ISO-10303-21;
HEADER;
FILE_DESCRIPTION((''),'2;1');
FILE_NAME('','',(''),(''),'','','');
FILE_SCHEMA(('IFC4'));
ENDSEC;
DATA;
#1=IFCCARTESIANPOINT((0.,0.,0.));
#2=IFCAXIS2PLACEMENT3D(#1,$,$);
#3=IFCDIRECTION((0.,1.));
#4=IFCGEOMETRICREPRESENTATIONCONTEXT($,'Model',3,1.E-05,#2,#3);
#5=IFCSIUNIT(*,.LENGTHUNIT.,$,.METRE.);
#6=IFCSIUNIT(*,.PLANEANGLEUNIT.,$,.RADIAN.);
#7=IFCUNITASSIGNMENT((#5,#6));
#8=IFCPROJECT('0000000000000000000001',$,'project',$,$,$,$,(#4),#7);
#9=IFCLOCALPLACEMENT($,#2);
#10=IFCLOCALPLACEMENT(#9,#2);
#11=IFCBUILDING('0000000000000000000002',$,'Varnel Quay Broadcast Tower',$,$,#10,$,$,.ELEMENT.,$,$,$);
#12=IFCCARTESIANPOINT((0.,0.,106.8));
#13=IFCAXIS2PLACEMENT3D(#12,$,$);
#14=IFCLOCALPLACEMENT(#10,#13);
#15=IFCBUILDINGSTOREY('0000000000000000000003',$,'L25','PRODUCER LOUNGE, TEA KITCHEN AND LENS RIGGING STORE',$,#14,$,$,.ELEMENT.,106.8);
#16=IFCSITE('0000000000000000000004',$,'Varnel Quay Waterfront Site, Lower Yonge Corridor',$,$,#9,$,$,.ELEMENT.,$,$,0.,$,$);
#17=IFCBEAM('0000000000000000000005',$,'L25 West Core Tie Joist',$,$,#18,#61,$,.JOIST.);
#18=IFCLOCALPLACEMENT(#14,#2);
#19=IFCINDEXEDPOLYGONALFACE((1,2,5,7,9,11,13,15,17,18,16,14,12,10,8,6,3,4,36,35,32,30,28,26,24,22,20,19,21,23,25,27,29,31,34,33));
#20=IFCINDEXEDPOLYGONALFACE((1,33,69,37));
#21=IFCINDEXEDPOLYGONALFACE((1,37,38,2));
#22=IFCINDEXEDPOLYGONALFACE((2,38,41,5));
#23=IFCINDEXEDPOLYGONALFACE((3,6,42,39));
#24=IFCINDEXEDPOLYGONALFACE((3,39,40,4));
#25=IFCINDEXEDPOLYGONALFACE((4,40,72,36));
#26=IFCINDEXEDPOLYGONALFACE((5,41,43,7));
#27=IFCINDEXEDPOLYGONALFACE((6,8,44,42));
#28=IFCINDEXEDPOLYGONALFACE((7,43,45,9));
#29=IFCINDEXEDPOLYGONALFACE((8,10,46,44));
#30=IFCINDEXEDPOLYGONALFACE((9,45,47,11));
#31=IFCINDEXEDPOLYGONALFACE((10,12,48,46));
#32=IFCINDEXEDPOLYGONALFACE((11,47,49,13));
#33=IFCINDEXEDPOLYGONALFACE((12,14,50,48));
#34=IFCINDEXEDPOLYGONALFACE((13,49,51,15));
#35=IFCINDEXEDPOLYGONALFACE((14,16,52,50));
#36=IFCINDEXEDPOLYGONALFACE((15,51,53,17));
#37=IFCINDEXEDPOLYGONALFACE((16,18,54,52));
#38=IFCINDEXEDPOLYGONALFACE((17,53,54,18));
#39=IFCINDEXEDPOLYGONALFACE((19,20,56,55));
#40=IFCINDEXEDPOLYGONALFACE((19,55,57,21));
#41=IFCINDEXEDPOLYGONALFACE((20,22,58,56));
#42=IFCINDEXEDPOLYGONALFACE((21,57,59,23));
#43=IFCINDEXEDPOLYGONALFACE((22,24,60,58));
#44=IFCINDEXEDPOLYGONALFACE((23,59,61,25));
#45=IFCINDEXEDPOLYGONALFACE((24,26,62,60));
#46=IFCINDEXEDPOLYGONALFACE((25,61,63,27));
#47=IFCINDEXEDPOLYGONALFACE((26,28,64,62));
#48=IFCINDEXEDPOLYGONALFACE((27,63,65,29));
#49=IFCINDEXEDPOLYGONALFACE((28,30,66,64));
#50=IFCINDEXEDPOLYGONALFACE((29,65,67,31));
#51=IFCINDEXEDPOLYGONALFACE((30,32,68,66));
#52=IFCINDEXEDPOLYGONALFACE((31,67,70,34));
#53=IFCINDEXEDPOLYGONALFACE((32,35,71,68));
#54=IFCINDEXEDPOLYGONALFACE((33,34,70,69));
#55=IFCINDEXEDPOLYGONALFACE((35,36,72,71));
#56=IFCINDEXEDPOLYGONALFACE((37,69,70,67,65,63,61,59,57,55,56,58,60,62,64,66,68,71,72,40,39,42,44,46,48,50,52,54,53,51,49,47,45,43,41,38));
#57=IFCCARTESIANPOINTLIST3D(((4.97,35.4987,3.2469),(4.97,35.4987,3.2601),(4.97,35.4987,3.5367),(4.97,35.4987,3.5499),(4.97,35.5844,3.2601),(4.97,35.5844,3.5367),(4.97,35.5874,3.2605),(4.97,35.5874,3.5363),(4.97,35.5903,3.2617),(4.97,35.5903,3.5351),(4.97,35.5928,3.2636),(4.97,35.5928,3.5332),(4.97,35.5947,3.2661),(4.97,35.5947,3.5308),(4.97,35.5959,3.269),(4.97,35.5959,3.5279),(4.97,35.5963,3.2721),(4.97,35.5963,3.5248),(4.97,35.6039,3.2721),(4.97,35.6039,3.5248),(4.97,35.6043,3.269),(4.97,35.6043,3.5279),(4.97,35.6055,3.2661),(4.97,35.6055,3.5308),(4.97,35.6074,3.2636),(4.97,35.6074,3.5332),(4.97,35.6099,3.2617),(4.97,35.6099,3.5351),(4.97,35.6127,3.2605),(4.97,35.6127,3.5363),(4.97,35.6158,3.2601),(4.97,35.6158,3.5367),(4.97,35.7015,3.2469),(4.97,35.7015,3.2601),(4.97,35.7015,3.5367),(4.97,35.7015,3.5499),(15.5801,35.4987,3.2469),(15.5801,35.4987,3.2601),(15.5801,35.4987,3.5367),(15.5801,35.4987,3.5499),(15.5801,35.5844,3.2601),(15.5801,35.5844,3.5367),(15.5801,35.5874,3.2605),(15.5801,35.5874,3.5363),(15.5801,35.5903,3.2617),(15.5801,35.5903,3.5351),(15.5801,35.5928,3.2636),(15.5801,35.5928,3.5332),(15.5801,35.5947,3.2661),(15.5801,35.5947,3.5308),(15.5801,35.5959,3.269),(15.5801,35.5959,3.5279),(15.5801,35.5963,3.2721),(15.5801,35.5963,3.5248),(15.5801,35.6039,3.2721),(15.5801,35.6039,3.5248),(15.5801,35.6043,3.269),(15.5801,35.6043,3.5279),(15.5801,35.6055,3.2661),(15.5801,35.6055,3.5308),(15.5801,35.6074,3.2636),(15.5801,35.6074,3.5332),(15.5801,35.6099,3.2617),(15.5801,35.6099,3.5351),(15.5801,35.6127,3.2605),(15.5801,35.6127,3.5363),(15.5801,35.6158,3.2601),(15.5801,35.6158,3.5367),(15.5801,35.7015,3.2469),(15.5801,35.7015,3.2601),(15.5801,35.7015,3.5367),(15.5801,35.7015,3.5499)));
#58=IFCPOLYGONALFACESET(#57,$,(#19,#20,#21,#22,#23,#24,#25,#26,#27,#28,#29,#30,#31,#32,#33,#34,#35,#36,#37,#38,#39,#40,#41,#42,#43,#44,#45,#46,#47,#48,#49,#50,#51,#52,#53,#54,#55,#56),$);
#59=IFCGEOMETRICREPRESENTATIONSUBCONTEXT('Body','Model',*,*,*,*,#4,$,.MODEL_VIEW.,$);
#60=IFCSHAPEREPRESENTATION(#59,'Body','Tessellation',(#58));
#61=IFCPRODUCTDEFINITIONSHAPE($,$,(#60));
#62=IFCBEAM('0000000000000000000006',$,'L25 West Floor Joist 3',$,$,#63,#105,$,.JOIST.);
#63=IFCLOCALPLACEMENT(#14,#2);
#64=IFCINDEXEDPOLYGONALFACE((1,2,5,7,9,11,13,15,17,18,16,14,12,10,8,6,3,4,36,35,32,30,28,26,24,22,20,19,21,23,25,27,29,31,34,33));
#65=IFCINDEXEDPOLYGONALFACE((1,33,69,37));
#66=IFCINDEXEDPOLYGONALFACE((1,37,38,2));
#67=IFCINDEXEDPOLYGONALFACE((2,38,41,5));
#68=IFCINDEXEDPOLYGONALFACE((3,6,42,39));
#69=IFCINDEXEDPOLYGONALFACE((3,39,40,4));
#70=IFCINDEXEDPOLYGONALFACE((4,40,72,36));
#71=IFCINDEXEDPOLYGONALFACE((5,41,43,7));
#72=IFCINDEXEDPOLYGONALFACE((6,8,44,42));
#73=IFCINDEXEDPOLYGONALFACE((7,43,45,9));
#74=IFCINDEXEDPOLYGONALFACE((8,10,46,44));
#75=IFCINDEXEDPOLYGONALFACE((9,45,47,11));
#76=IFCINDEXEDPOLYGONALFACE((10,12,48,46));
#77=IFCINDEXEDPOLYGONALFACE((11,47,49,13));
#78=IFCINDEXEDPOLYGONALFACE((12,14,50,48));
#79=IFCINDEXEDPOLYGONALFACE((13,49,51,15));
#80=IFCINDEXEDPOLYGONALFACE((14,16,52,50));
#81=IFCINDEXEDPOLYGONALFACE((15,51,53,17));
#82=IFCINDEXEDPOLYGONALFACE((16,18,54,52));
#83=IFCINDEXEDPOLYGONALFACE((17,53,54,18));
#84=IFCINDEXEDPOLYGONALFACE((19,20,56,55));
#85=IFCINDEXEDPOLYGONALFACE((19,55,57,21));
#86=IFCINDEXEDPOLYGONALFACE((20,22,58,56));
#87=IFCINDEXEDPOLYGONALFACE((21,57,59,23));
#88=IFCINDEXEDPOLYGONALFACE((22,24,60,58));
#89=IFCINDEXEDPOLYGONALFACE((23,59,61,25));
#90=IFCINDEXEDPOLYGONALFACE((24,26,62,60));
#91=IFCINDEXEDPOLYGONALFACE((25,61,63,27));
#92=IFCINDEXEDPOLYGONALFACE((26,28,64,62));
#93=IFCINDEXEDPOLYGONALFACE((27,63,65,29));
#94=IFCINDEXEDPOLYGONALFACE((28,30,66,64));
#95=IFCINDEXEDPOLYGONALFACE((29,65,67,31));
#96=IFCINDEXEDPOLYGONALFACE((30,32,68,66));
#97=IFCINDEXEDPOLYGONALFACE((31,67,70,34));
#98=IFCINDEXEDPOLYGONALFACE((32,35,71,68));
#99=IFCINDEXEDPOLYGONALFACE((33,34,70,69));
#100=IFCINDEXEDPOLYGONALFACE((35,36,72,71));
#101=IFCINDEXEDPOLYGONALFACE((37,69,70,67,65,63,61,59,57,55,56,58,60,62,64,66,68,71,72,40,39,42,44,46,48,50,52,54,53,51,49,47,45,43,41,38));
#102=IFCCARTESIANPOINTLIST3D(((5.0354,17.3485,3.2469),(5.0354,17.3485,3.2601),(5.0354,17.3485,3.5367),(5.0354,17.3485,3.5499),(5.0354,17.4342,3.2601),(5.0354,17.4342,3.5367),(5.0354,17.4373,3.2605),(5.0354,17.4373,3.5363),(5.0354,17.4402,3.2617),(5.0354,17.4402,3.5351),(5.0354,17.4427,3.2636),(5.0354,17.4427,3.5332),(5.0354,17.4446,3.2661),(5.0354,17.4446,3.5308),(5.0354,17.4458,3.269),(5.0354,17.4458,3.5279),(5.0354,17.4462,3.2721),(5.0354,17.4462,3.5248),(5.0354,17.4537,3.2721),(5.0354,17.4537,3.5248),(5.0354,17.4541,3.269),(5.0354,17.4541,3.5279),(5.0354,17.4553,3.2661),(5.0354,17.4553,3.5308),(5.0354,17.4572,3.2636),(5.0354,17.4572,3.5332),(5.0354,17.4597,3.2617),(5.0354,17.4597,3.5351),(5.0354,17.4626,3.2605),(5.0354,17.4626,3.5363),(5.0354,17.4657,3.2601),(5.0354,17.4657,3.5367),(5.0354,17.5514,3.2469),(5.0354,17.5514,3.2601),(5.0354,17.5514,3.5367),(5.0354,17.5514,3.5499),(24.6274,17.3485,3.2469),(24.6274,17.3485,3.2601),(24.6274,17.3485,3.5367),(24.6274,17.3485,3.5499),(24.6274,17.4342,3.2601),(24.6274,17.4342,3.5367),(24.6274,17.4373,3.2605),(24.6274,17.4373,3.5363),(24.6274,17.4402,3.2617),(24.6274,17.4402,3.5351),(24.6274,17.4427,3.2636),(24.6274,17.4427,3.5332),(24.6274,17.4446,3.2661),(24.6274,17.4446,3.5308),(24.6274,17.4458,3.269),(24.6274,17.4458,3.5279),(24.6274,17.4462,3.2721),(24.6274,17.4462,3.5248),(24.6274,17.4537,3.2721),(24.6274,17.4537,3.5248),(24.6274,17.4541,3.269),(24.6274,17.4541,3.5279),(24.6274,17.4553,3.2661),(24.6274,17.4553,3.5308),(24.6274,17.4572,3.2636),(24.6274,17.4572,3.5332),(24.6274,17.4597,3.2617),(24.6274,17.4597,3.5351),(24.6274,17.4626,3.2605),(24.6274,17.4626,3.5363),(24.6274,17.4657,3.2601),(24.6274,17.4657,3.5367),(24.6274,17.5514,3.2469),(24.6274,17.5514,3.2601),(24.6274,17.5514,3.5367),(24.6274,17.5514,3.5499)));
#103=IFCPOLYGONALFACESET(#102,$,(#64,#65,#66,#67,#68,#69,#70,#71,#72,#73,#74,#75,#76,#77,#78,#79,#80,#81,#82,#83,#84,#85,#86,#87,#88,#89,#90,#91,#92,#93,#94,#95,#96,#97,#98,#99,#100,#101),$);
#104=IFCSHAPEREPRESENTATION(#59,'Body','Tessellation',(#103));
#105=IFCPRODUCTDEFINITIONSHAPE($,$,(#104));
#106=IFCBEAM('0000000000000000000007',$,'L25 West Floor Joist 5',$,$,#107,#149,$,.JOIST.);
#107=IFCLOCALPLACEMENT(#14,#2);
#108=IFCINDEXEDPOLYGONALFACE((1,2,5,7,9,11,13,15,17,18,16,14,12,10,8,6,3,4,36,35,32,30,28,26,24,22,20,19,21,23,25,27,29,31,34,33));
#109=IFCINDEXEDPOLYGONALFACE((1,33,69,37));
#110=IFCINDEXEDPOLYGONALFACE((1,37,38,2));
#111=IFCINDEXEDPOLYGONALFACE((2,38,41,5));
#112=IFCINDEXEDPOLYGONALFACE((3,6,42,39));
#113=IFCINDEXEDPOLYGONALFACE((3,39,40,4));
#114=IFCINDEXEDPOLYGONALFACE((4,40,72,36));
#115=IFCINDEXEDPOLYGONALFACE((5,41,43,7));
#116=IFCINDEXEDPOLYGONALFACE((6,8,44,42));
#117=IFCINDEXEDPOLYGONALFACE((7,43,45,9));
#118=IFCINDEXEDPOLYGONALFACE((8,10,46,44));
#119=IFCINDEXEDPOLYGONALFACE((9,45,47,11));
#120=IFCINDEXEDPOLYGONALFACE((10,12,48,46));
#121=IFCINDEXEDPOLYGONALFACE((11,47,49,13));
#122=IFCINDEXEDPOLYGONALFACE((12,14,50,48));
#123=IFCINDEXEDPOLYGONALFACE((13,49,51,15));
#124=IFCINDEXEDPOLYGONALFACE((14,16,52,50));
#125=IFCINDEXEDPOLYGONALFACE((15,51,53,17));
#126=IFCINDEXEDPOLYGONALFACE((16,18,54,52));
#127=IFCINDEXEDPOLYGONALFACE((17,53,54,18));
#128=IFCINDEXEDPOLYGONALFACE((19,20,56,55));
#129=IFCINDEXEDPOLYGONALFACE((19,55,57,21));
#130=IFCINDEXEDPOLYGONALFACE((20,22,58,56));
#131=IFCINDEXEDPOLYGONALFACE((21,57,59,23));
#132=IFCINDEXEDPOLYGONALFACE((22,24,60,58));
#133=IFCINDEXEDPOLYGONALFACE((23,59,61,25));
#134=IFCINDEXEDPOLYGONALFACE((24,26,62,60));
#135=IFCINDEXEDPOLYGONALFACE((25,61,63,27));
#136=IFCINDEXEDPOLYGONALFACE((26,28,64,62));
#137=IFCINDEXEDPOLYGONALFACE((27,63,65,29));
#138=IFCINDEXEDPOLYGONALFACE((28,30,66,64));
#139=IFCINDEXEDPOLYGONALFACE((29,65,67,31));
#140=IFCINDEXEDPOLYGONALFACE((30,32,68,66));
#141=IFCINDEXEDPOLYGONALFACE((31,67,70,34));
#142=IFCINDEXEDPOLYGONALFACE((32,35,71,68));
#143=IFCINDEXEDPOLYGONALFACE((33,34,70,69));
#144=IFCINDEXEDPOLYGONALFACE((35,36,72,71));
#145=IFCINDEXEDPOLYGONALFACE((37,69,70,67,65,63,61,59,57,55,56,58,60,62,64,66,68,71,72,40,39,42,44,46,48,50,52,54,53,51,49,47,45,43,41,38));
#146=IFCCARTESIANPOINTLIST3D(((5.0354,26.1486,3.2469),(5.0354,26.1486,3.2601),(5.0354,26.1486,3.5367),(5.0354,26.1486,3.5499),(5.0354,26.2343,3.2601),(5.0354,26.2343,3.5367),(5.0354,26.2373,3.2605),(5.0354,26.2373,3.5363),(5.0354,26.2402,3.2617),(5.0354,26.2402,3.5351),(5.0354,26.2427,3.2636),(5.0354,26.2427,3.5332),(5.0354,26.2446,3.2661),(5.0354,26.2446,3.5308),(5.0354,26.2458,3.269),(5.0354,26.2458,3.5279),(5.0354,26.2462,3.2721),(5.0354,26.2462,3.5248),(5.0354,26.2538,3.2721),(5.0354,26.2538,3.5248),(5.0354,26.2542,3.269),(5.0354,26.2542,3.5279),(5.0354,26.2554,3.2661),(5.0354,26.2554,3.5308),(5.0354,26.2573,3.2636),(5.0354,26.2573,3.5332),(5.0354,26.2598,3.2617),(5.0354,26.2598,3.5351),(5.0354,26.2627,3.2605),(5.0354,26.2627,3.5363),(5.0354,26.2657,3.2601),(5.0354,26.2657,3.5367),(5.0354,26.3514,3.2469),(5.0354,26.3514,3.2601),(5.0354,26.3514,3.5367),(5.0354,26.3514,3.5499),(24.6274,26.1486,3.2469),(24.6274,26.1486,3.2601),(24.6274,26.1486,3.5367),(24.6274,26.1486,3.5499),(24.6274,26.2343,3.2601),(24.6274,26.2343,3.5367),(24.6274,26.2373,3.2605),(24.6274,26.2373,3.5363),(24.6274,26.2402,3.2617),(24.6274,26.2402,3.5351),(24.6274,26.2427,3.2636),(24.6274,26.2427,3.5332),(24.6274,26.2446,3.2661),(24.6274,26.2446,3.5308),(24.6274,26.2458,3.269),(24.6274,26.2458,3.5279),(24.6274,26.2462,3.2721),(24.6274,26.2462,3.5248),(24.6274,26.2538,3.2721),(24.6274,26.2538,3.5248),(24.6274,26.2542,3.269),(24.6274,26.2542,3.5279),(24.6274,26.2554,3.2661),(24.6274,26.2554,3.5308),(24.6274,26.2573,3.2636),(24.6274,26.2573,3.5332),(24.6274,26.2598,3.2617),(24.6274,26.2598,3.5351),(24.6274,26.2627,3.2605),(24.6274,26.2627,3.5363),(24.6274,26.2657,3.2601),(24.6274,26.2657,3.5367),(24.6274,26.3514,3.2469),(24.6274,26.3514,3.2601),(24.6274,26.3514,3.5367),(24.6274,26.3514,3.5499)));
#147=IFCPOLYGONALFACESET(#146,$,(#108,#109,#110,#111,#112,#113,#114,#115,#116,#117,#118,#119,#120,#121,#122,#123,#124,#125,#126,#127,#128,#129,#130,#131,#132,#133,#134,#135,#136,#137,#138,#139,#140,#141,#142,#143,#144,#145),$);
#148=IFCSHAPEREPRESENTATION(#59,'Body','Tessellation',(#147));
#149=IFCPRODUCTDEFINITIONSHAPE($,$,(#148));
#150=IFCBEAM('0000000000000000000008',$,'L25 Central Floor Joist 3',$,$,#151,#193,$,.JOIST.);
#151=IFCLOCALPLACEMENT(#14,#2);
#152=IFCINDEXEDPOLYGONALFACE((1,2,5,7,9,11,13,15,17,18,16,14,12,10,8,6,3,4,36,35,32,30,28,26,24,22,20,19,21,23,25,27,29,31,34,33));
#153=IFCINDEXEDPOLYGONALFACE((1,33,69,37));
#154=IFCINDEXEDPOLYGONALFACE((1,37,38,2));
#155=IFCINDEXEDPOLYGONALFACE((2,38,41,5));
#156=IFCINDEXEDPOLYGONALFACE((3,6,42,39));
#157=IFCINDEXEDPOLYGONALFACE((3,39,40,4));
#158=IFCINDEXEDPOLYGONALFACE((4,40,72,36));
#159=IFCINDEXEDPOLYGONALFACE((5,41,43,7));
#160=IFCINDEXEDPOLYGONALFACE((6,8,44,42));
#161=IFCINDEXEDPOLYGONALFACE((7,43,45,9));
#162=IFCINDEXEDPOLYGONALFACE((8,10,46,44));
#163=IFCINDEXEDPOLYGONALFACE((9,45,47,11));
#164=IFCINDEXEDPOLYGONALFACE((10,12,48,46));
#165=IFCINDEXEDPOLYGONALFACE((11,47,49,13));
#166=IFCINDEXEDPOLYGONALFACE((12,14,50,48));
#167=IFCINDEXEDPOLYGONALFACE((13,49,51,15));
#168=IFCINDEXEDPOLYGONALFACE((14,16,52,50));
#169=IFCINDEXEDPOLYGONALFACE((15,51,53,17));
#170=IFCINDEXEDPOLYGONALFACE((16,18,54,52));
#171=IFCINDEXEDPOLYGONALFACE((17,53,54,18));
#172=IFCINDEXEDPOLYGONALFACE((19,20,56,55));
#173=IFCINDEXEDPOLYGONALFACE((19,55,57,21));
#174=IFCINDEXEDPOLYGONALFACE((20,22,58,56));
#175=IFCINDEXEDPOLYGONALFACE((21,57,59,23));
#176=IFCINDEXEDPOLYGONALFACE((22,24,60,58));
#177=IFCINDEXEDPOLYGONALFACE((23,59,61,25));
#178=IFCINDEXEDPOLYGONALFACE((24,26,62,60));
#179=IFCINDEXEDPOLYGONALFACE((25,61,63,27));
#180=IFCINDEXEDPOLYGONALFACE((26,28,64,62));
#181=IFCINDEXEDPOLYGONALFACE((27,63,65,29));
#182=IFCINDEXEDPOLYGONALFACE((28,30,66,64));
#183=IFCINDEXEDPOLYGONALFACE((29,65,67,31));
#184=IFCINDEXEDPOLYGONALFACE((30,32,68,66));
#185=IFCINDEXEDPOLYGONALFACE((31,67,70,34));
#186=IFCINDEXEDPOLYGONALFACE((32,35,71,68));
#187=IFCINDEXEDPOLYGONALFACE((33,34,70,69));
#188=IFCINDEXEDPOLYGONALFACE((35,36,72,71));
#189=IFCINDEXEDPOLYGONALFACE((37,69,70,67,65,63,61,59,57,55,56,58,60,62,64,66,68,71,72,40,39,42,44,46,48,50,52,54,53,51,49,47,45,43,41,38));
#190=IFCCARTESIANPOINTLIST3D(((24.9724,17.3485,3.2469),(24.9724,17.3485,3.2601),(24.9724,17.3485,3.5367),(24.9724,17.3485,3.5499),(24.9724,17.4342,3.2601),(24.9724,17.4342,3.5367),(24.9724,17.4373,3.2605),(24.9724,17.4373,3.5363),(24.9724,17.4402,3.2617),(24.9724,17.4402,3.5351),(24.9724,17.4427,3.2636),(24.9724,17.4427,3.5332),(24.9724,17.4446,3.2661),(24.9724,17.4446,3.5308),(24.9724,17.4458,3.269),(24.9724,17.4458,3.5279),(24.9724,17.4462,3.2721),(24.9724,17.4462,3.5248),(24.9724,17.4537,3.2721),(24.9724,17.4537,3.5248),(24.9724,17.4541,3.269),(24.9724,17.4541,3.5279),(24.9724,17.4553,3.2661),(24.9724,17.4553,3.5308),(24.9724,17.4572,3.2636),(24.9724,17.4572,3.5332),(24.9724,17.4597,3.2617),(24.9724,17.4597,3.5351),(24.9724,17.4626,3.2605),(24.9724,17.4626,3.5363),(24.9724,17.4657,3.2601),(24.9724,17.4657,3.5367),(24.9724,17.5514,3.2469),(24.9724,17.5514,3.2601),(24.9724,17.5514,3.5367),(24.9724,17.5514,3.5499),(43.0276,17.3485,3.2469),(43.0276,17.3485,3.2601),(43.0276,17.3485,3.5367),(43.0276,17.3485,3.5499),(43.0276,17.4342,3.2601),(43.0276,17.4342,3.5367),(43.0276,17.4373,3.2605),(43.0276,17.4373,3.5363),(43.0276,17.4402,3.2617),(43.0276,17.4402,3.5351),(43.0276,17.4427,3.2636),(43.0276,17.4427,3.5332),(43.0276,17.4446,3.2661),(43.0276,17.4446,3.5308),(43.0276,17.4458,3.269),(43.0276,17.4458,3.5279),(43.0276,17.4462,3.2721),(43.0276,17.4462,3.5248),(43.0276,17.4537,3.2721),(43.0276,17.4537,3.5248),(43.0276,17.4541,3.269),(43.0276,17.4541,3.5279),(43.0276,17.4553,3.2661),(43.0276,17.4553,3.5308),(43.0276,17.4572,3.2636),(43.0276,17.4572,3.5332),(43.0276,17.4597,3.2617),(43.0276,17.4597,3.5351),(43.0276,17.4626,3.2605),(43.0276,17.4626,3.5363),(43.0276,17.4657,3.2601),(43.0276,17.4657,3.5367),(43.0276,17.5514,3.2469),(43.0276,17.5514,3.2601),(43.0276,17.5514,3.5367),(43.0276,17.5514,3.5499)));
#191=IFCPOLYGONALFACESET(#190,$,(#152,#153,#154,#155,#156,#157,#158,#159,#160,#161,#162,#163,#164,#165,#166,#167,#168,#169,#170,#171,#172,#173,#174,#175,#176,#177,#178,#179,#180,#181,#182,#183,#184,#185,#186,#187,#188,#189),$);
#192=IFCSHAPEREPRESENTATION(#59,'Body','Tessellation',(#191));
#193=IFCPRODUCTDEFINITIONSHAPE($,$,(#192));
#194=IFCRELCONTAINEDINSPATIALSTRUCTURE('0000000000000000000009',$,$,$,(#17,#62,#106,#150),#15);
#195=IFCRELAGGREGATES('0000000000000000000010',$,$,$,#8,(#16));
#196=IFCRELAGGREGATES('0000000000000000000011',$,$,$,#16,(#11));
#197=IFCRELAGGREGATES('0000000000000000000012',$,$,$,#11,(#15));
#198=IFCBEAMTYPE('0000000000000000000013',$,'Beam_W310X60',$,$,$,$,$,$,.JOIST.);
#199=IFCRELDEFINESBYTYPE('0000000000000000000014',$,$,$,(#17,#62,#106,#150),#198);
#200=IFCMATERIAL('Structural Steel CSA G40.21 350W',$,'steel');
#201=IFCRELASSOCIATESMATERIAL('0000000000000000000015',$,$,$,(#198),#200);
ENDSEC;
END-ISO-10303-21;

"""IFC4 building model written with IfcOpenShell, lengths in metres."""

from ifc_helpers import new_model, si_unit, direction, frame, origin, origin_2d, place, context, subcontext, project, spatial, i_section, extrude, source, transform, mapped, material, material_profile, profile_set, type_object, type_shapes, element, save


model = new_model("IFC4")

# Units and contexts
model_context = context("Model", 3, precision=1e-05, world=origin(), true_north=direction((0.0, 1.0)))
body_context = subcontext(model_context, "Body", "Model", "MODEL_VIEW")
ifc_project = project(units=[si_unit("LENGTHUNIT", "METRE"), si_unit("PLANEANGLEUNIT", "RADIAN")], contexts=[model_context])

# Site, building, storey
site_placement = place(None, origin())
site = spatial("IfcSite", under=ifc_project, at=site_placement, Name="Varnel Quay Waterfront Site, Lower Yonge Corridor", CompositionType="ELEMENT", RefElevation=0.0)
building_placement = place(site_placement, origin())
building = spatial("IfcBuilding", under=site, at=building_placement, Name="Varnel Quay Broadcast Tower", CompositionType="ELEMENT")
storey_placement = place(building_placement, frame((0.0, 0.0, 106.8)))
storey = spatial("IfcBuildingStorey", under=building, at=storey_placement, Name="L25", Description="PRODUCER LOUNGE, TEA KITCHEN AND LENS RIGGING STORE", CompositionType="ELEMENT", Elevation=106.8)

# Shared definitions
ifc_material_1 = material(Name="Structural Steel CSA G40.21 350W", Category="steel")

# Beams
ifc_material_profile_1 = material_profile(ifc_material_1, i_section(OverallWidth=0.2029, OverallDepth=0.303, WebThickness=0.0076, FlangeThickness=0.0132, FilletRadius=0.012, at=origin_2d()), Name="W310X60")
ifc_profile_set_1 = profile_set([ifc_material_profile_1], Name="Structural Steel CSA G40.21 350W")
beam_type_1 = type_object("IfcBeamType", Name="Beam_W310X60", PredefinedType="JOIST", material=ifc_profile_set_1)
shared_shape_1 = source(origin(), body_context, "Body", "SweptSolid", [
    extrude(i_section(OverallWidth=0.2029, OverallDepth=0.303, WebThickness=0.0076, FlangeThickness=0.0132, FilletRadius=0.012, at=origin_2d()), origin(), (0.0, 0.0, 1.0), 10.6101),
])
beam_1_placement = place(storey_placement, frame((4.97, 35.6001, 3.3984), z_axis=(1.0, 0.0, 0.0), x_axis=(0.0, 1.0, 0.0)))
element("IfcBeam", 1, at=beam_1_placement, inside=storey, type_object=beam_type_1, Name="L25 West Core Tie Joist", PredefinedType="JOIST", context=body_context, shape_type="MappedRepresentation", body=[
    mapped(shared_shape_1, transform((0.0, 0.0, 0.0), x_axis=(1.0, 0.0, 0.0), y_axis=(0.0, 1.0, 0.0), z_axis=(0.0, 0.0, 1.0), scale=1.0)),
])
shared_shape_2 = source(origin(), body_context, "Body", "SweptSolid", [
    extrude(i_section(OverallWidth=0.2029, OverallDepth=0.303, WebThickness=0.0076, FlangeThickness=0.0132, FilletRadius=0.012, at=origin_2d()), origin(), (0.0, 0.0, 1.0), 19.592),
])
for number, where, z_axis, x_axis, name in (
    (2, (5.0354, 17.45, 3.3984), (1.0, 0.0, 0.0), (0.0, 1.0, 0.0), "L25 West Floor Joist 3"),
    (3, (5.0354, 26.25, 3.3984), (1.0, 0.0, 0.0), (0.0, 1.0, 0.0), "L25 West Floor Joist 5"),
):
    element("IfcBeam", number, at=place(storey_placement, frame(where, z_axis=z_axis, x_axis=x_axis)), inside=storey, type_object=beam_type_1, Name=name, PredefinedType="JOIST", context=body_context, shape_type="MappedRepresentation", body=[
        mapped(shared_shape_2, transform((0.0, 0.0, 0.0), x_axis=(1.0, 0.0, 0.0), y_axis=(0.0, 1.0, 0.0), z_axis=(0.0, 0.0, 1.0), scale=1.0)),
    ])
shared_shape_3 = source(origin(), body_context, "Body", "SweptSolid", [
    extrude(i_section(OverallWidth=0.2029, OverallDepth=0.303, WebThickness=0.0076, FlangeThickness=0.0132, FilletRadius=0.012, at=origin_2d()), origin(), (0.0, 0.0, 1.0), 18.0552),
])
type_shapes(beam_type_1, [shared_shape_1, shared_shape_2, shared_shape_3])
for number, where, z_axis, x_axis, name in (
    (4, (24.9724, 17.45, 3.3984), (1.0, 0.0, 0.0), (0.0, 1.0, 0.0), "L25 Central Floor Joist 3"),
):
    element("IfcBeam", number, at=place(storey_placement, frame(where, z_axis=z_axis, x_axis=x_axis)), inside=storey, type_object=beam_type_1, Name=name, PredefinedType="JOIST", context=body_context, shape_type="MappedRepresentation", body=[
        mapped(shared_shape_3, transform((0.0, 0.0, 0.0), x_axis=(1.0, 0.0, 0.0), y_axis=(0.0, 1.0, 0.0), z_axis=(0.0, 0.0, 1.0), scale=1.0)),
    ])

save(model, "model.ifc")
